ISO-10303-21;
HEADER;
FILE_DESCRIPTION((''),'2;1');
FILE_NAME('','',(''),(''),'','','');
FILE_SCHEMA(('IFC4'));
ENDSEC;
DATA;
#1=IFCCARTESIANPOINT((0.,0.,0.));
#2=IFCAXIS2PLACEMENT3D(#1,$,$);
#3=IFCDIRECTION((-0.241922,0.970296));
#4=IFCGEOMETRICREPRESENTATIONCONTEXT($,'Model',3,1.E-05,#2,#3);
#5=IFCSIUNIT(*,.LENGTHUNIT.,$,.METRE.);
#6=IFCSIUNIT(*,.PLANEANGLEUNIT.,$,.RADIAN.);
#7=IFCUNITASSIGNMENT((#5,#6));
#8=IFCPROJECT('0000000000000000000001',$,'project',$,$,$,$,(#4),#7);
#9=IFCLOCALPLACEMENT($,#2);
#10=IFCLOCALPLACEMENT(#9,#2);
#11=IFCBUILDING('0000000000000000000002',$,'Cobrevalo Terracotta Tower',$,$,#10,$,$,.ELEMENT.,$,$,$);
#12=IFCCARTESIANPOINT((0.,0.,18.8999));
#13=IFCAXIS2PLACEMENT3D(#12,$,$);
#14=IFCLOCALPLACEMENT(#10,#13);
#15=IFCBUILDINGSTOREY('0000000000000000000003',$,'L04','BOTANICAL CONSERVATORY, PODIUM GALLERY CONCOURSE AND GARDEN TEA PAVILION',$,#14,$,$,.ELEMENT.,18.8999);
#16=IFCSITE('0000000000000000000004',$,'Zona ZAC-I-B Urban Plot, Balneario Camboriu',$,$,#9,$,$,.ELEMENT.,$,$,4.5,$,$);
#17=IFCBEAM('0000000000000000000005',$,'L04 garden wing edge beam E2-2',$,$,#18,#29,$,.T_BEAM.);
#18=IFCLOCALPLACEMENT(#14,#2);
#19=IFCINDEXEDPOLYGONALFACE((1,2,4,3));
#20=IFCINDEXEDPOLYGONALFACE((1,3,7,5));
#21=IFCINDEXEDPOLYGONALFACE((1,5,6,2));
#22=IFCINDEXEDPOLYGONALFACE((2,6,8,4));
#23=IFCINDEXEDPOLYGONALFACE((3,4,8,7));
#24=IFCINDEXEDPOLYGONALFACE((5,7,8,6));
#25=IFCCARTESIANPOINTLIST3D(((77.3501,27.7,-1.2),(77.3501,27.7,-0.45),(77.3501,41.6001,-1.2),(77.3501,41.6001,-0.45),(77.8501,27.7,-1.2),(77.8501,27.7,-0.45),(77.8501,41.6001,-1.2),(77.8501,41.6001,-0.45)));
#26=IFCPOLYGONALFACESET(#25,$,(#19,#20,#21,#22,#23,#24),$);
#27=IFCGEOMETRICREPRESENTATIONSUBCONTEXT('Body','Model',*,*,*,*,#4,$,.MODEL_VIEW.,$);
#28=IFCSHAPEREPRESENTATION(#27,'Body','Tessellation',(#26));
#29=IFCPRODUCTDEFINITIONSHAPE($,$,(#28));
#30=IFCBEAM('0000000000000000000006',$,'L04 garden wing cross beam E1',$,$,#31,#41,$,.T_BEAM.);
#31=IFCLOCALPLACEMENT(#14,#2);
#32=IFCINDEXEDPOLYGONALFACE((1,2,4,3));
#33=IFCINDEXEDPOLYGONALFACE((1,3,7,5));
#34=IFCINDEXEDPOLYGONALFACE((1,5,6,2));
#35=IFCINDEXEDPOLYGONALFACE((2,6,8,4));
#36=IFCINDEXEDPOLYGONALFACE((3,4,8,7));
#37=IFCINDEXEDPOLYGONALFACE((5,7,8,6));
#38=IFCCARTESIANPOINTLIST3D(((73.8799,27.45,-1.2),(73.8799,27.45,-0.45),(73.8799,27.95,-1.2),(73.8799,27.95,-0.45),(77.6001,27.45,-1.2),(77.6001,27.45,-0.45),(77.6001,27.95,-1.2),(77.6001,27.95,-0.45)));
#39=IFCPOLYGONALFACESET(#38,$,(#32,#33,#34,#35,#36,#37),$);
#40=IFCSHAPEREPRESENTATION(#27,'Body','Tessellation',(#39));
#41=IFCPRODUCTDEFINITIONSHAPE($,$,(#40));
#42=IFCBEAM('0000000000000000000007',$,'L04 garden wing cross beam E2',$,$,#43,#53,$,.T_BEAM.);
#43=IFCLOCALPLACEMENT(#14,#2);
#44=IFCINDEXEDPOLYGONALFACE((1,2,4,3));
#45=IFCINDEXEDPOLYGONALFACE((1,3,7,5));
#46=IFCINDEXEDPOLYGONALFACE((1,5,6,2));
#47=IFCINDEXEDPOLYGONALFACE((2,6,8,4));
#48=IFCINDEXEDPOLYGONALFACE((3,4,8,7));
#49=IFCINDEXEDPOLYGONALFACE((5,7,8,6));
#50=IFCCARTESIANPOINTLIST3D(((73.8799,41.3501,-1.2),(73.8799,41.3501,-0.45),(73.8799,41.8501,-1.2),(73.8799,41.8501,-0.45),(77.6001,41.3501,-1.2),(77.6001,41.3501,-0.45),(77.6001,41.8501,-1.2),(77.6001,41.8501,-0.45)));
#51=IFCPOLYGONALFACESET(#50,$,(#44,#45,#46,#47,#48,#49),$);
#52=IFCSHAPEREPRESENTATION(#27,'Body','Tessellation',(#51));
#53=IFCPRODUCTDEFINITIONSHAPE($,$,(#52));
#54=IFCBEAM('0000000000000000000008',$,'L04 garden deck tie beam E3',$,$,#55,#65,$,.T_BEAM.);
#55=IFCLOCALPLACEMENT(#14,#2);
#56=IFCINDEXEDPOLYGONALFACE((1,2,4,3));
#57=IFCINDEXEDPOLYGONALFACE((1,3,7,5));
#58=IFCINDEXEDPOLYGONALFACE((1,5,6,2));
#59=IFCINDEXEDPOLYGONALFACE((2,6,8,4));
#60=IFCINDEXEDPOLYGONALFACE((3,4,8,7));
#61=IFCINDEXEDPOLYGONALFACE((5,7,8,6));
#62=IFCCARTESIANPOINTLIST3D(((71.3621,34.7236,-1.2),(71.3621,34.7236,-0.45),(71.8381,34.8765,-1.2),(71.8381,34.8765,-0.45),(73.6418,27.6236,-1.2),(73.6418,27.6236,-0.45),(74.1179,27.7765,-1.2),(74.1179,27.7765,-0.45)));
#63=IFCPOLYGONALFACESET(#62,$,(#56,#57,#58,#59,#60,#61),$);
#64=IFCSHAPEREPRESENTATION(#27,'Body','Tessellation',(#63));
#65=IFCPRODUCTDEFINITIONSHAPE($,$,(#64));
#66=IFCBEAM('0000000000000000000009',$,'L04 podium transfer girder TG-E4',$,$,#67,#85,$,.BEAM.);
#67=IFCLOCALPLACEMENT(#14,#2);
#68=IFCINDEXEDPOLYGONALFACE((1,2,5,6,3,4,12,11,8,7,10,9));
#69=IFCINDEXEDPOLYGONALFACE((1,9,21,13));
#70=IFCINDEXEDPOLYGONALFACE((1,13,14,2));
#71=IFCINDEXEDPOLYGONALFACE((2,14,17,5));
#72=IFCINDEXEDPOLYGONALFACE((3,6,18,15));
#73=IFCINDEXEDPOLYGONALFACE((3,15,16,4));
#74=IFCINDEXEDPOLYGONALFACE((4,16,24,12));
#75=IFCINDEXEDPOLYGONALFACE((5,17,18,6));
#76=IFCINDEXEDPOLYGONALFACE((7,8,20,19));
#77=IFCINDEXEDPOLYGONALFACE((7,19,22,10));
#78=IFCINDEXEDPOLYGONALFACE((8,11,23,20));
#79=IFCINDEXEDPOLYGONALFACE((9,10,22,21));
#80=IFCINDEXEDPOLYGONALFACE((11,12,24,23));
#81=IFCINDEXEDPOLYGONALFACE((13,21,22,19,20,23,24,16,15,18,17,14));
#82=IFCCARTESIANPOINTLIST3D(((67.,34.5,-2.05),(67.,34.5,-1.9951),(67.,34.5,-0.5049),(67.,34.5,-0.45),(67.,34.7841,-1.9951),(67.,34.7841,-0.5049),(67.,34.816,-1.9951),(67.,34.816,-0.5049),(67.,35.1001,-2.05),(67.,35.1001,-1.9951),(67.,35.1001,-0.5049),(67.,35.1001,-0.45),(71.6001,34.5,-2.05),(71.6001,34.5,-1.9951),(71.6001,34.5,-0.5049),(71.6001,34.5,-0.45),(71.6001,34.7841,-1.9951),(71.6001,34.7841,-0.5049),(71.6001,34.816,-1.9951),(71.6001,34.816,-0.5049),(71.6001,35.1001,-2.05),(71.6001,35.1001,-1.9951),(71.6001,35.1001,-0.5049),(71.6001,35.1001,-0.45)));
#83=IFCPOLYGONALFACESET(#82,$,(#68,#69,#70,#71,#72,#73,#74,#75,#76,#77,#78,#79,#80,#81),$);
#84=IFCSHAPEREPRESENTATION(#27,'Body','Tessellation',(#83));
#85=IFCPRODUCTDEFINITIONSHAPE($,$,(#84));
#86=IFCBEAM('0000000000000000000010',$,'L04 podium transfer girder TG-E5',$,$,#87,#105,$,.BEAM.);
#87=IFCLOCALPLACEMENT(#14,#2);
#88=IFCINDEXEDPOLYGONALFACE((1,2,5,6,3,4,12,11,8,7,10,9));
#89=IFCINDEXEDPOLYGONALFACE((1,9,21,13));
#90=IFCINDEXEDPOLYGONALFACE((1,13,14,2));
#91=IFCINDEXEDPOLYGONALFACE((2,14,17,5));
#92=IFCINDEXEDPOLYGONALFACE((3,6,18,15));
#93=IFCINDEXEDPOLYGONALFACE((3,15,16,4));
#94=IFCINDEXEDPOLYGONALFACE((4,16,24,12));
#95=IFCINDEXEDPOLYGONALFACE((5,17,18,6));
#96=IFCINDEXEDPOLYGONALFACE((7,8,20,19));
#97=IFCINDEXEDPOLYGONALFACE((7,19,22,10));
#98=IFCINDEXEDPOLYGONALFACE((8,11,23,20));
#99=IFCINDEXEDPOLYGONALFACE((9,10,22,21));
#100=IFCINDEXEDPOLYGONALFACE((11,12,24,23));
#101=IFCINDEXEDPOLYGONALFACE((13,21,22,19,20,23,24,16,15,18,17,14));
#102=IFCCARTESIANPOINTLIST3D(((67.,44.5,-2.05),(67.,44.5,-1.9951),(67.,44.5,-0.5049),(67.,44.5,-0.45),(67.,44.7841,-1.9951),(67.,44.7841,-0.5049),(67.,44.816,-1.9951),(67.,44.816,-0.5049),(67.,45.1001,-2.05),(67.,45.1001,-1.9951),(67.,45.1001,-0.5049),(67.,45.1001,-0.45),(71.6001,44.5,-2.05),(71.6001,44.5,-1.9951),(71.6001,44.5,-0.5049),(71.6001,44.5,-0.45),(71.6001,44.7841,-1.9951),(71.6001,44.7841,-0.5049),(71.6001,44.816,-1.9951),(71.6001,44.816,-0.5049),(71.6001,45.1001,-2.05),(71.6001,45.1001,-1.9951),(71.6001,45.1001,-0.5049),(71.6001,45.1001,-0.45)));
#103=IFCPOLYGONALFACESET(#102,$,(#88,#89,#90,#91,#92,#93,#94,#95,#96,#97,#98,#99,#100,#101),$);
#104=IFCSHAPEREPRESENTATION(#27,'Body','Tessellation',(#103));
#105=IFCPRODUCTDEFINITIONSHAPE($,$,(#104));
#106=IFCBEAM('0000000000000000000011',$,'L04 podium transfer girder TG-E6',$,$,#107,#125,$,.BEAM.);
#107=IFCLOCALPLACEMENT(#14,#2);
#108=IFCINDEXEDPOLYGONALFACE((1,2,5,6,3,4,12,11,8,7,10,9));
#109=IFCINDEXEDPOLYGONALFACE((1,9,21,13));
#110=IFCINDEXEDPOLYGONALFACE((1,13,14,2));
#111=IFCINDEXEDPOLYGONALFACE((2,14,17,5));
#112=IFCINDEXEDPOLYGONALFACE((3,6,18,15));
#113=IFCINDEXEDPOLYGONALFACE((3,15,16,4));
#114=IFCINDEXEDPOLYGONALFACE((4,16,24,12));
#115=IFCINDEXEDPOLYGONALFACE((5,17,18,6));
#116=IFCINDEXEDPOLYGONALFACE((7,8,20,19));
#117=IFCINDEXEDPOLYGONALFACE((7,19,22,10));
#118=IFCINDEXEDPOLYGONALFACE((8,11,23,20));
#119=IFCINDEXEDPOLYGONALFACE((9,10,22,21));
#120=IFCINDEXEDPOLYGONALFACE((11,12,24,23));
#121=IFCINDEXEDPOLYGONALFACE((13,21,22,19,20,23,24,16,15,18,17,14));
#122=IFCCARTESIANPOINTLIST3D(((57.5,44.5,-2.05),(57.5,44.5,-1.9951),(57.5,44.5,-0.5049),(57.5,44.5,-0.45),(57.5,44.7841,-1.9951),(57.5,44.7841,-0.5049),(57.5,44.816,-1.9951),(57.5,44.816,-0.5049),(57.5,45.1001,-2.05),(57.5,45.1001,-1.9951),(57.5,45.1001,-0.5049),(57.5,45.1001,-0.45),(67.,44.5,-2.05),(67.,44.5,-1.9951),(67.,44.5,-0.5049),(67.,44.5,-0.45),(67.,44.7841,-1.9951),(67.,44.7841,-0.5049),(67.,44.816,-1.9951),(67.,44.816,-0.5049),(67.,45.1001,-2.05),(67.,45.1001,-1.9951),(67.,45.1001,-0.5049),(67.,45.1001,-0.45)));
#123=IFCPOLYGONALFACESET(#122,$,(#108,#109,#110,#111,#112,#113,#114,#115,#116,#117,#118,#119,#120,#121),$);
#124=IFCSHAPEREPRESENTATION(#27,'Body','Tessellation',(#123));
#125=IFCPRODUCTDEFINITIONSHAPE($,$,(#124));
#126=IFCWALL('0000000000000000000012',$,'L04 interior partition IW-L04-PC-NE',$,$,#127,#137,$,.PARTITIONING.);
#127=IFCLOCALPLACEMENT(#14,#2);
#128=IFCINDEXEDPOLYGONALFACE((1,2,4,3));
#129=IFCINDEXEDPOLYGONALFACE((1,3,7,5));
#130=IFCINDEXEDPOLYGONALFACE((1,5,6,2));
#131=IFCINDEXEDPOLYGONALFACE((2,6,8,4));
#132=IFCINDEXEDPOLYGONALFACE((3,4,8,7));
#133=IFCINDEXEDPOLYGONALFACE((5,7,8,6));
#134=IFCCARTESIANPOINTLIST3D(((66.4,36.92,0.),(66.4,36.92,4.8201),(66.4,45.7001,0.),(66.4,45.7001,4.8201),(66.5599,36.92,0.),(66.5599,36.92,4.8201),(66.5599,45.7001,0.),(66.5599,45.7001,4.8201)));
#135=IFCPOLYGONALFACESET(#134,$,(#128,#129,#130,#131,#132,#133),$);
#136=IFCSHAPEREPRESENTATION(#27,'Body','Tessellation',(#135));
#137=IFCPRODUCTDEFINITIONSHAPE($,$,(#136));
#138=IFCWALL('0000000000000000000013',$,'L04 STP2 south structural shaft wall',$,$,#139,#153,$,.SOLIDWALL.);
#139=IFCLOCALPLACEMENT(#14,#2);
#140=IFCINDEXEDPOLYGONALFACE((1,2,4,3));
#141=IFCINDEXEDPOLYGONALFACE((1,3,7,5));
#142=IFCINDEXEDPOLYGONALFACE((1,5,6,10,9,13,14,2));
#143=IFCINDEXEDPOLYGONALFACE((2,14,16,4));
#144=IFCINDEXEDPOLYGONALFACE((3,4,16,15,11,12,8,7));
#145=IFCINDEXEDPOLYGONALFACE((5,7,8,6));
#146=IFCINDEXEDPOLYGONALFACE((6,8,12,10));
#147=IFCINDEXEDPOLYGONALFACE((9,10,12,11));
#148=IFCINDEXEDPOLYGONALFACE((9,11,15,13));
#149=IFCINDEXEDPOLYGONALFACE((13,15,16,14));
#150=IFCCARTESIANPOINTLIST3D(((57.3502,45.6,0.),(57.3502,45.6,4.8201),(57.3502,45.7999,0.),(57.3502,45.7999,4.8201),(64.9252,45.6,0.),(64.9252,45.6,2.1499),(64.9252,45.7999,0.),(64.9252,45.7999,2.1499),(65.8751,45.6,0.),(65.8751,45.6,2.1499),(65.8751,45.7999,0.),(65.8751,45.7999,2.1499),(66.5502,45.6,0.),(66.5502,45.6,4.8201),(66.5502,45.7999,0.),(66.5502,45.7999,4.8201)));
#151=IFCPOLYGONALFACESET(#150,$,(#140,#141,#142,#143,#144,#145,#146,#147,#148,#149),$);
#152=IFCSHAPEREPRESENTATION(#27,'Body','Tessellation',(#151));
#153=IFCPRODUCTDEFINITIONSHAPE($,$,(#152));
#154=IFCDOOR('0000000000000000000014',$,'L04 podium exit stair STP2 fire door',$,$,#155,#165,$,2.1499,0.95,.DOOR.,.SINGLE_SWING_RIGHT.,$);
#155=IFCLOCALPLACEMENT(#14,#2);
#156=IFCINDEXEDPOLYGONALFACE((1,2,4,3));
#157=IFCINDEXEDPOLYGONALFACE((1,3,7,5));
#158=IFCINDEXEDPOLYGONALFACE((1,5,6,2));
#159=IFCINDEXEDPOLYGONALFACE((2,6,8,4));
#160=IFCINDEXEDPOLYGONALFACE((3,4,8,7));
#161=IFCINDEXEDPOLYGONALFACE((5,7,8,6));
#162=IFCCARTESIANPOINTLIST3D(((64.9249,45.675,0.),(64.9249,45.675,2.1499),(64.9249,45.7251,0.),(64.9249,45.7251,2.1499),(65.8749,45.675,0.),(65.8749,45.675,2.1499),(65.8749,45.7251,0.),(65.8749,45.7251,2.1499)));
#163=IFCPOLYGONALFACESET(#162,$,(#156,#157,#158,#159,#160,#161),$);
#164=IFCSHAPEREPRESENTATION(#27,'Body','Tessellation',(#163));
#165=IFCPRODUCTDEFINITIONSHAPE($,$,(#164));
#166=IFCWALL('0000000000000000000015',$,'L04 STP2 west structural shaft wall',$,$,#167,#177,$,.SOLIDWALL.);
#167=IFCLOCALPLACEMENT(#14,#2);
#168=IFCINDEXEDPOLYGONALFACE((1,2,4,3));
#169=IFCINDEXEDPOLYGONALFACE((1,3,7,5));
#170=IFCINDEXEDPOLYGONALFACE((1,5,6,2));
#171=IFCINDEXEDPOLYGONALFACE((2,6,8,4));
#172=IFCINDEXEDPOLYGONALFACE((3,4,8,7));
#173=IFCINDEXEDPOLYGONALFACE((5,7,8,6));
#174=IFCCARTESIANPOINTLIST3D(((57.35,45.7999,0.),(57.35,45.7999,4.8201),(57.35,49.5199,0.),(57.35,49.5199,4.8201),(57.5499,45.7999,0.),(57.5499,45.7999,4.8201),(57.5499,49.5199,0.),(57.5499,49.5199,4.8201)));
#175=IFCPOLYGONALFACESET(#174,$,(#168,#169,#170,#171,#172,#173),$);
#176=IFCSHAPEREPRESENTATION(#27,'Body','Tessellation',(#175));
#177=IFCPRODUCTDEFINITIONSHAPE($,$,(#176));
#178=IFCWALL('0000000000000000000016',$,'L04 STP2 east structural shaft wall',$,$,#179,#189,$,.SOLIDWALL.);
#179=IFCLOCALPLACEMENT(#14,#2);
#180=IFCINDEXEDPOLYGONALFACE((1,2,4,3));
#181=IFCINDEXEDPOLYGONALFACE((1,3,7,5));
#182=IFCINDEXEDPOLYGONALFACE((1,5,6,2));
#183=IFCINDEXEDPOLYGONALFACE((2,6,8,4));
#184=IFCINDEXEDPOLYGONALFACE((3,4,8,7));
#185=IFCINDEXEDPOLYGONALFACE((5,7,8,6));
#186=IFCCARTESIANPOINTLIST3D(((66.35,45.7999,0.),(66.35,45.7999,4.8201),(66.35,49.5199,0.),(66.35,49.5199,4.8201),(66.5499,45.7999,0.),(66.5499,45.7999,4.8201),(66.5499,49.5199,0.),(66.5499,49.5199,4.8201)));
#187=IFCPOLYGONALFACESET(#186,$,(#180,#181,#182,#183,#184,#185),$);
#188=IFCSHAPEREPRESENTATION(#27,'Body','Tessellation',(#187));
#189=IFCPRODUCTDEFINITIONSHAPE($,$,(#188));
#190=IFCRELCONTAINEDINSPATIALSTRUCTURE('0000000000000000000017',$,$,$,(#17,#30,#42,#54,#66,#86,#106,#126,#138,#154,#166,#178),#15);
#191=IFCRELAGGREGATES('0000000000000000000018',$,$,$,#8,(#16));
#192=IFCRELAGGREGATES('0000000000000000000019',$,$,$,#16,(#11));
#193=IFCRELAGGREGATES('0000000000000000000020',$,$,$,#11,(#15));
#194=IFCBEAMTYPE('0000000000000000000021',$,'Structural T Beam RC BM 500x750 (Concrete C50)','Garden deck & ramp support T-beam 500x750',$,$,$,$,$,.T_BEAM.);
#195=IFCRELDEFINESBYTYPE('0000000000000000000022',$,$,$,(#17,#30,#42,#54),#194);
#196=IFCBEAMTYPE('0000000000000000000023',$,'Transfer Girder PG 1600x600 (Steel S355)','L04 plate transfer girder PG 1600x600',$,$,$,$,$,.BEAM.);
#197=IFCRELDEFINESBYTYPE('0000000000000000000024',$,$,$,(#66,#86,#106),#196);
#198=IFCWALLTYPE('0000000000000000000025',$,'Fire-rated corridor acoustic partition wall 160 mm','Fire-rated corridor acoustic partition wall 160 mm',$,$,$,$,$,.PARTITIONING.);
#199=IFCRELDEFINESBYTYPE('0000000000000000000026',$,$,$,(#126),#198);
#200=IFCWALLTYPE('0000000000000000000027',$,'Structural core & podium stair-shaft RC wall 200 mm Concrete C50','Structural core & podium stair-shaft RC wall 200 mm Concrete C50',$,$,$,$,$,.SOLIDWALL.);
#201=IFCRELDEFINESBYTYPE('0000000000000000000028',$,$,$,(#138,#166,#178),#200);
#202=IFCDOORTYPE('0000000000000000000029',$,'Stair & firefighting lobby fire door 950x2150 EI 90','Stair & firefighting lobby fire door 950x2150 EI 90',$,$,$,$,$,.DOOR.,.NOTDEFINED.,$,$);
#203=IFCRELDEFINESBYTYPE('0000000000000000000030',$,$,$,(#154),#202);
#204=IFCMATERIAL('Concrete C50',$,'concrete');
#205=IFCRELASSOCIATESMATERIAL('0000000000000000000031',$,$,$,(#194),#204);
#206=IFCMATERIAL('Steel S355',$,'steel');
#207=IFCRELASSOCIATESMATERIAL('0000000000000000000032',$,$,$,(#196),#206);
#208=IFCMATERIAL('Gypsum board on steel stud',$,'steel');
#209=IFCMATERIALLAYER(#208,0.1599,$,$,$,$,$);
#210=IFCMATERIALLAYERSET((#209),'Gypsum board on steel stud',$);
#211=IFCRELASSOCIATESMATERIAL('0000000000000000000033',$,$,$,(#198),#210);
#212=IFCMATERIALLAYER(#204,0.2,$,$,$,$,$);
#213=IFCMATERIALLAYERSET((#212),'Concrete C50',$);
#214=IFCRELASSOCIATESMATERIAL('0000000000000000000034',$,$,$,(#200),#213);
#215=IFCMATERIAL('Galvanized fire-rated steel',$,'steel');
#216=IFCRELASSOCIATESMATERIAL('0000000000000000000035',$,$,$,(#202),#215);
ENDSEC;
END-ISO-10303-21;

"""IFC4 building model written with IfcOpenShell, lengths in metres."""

from ifc_helpers import new_model, si_unit, direction, frame, frame_2d, origin, origin_2d, place, context, subcontext, project, spatial, rectangle, i_section, extrude, source, transform, mapped, material, layer, layer_set, material_profile, profile_set, type_object, element, fill, save


model = new_model("IFC4")

# Units and contexts
model_context = context("Model", 3, precision=1e-05, world=origin(), true_north=direction((-0.241922, 0.970296)))
body_context = subcontext(model_context, "Body", "Model", "MODEL_VIEW")
ifc_project = project(units=[si_unit("LENGTHUNIT", "METRE"), si_unit("PLANEANGLEUNIT", "RADIAN")], contexts=[model_context])

# Site, building, storey
site_placement = place(None, origin())
site = spatial("IfcSite", under=ifc_project, at=site_placement, Name="Zona ZAC-I-B Urban Plot, Balneario Camboriu", CompositionType="ELEMENT", RefElevation=4.5)
building_placement = place(site_placement, origin())
building = spatial("IfcBuilding", under=site, at=building_placement, Name="Cobrevalo Terracotta Tower", CompositionType="ELEMENT")
storey_placement = place(building_placement, frame((0.0, 0.0, 18.8999)))
storey = spatial("IfcBuildingStorey", under=building, at=storey_placement, Name="L04", Description="BOTANICAL CONSERVATORY, PODIUM GALLERY CONCOURSE AND GARDEN TEA PAVILION", CompositionType="ELEMENT", Elevation=18.8999)

# Shared definitions
ifc_material_1 = material(Name="Steel S355", Category="steel")
ifc_material_2 = material(Name="Concrete C50", Category="concrete")

# Beams
ifc_material_profile_1 = material_profile(ifc_material_2, rectangle(XDim=0.5, YDim=0.75, at=origin_2d()), Name="RC BM 500x750")
ifc_profile_set_1 = profile_set([ifc_material_profile_1], Name="Concrete C50")
beam_type_1 = type_object("IfcBeamType", Name="Structural T Beam RC BM 500x750 (Concrete C50)", Description="Garden deck & ramp support T-beam 500x750", PredefinedType="T_BEAM", material=ifc_profile_set_1)
for number, where, z_axis, x_axis, name in (
    (1, (77.6001, 27.7, -0.825), (0.0, 1.0, 0.0), (-1.0, 0.0, 0.0), "L04 garden wing edge beam E2-2"),
):
    element("IfcBeam", number, at=place(storey_placement, frame(where, z_axis=z_axis, x_axis=x_axis)), inside=storey, type_object=beam_type_1, Name=name, PredefinedType="T_BEAM", context=body_context, shape_type="SweptSolid", body=[
        extrude(rectangle(XDim=0.5, YDim=0.75, at=origin_2d()), origin(), (0.0, 0.0, 1.0), 13.9001),
    ])
for number, where, z_axis, x_axis, name in (
    (2, (73.8799, 27.7, -0.825), (1.0, 0.0, 0.0), (0.0, 1.0, 0.0), "L04 garden wing cross beam E1"),
    (3, (73.8799, 41.6001, -0.825), (1.0, 0.0, 0.0), (0.0, 1.0, 0.0), "L04 garden wing cross beam E2"),
):
    element("IfcBeam", number, at=place(storey_placement, frame(where, z_axis=z_axis, x_axis=x_axis)), inside=storey, type_object=beam_type_1, Name=name, PredefinedType="T_BEAM", context=body_context, shape_type="SweptSolid", body=[
        extrude(rectangle(XDim=0.5, YDim=0.75, at=origin_2d()), origin(), (0.0, 0.0, 1.0), 3.7202),
    ])
beam_1_placement = place(storey_placement, frame((71.6001, 34.8, -0.825), z_axis=(0.305719, -0.952122, 0.0), x_axis=(0.952122, 0.305719, 0.0)))
element("IfcBeam", 4, at=beam_1_placement, inside=storey, type_object=beam_type_1, Name="L04 garden deck tie beam E3", PredefinedType="T_BEAM", context=body_context, shape_type="SweptSolid", body=[
    extrude(rectangle(XDim=0.5, YDim=0.75, at=origin_2d()), origin(), (0.0, 0.0, 1.0), 7.457),
])
ifc_material_profile_2 = material_profile(ifc_material_1, i_section(OverallWidth=0.6001, OverallDepth=1.6001, WebThickness=0.032, FlangeThickness=0.0549, at=origin_2d()), Name="PG 1600x600")
ifc_profile_set_2 = profile_set([ifc_material_profile_2], Name="Steel S355")
beam_type_2 = type_object("IfcBeamType", Name="Transfer Girder PG 1600x600 (Steel S355)", Description="L04 plate transfer girder PG 1600x600", PredefinedType="BEAM", material=ifc_profile_set_2)
for number, where, z_axis, x_axis, name in (
    (5, (67.0, 34.8, -1.25), (1.0, 0.0, 0.0), (0.0, 1.0, 0.0), "L04 podium transfer girder TG-E4"),
    (6, (67.0, 44.8, -1.25), (1.0, 0.0, 0.0), (0.0, 1.0, 0.0), "L04 podium transfer girder TG-E5"),
):
    element("IfcBeam", number, at=place(storey_placement, frame(where, z_axis=z_axis, x_axis=x_axis)), inside=storey, type_object=beam_type_2, Name=name, PredefinedType="BEAM", context=body_context, shape_type="SweptSolid", body=[
        extrude(i_section(OverallWidth=0.6001, OverallDepth=1.6001, WebThickness=0.032, FlangeThickness=0.0549, at=origin_2d()), origin(), (0.0, 0.0, 1.0), 4.6001),
    ])
beam_2_placement = place(storey_placement, frame((57.5, 44.8, -1.25), z_axis=(1.0, 0.0, 0.0), x_axis=(0.0, 1.0, 0.0)))
element("IfcBeam", 7, at=beam_2_placement, inside=storey, type_object=beam_type_2, Name="L04 podium transfer girder TG-E6", PredefinedType="BEAM", context=body_context, shape_type="SweptSolid", body=[
    extrude(i_section(OverallWidth=0.6001, OverallDepth=1.6001, WebThickness=0.032, FlangeThickness=0.0549, at=origin_2d()), origin(), (0.0, 0.0, 1.0), 9.5),
])

# Wall
ifc_material_3 = material(Name="Gypsum board on steel stud", Category="steel")
ifc_layer_1 = layer(ifc_material_3, 0.1599)
ifc_layer_set_1 = layer_set([ifc_layer_1], Name="Gypsum board on steel stud")
wall_type_1 = type_object("IfcWallType", Name="Fire-rated corridor acoustic partition wall 160 mm", Description="Fire-rated corridor acoustic partition wall 160 mm", PredefinedType="PARTITIONING", material=ifc_layer_set_1)
wall_1_placement = place(storey_placement, frame((66.48, 36.9199, 0.0), z_axis=(0.0, 0.0, 1.0), x_axis=(0.0, 1.0, 0.0)))
element("IfcWall", 8, at=wall_1_placement, inside=storey, type_object=wall_type_1, Name="L04 interior partition IW-L04-PC-NE", PredefinedType="PARTITIONING", context=body_context, shape_type="SweptSolid", body=[
    extrude(rectangle(XDim=8.78, YDim=0.1599, at=frame_2d((4.3901, 0.0))), origin(), (0.0, 0.0, 1.0), 4.8201),
])

# Wall, opening, door
ifc_layer_2 = layer(ifc_material_2, 0.2)
ifc_layer_set_2 = layer_set([ifc_layer_2], Name="Concrete C50")
wall_type_2 = type_object("IfcWallType", Name="Structural core & podium stair-shaft RC wall 200 mm Concrete C50", Description="Structural core & podium stair-shaft RC wall 200 mm Concrete C50", PredefinedType="SOLIDWALL", material=ifc_layer_set_2)
wall_2_placement = place(storey_placement, frame((57.3501, 45.7, 0.0), z_axis=(0.0, 0.0, 1.0), x_axis=(1.0, 0.0, 0.0)))
wall_2 = element("IfcWall", 9, at=wall_2_placement, inside=storey, type_object=wall_type_2, Name="L04 STP2 south structural shaft wall", PredefinedType="SOLIDWALL", context=body_context, shape_type="SweptSolid", body=[
    extrude(rectangle(XDim=9.2, YDim=0.2, at=frame_2d((4.6001, 0.0))), origin(), (0.0, 0.0, 1.0), 4.8201),
])
opening_placement = place(wall_2_placement, frame((7.575, 0.0, 0.0)))
opening = element("IfcOpeningElement", 10, at=opening_placement, cuts=wall_2, PredefinedType="OPENING", context=body_context, shape_type="SweptSolid", body=[
    extrude(rectangle(XDim=0.95, YDim=2.1499, at=frame_2d((0.4751, 1.075))), frame((0.0, 0.1099, 0.0), z_axis=(0.0, -1.0, 0.0), x_axis=(1.0, 0.0, 0.0)), (0.0, 0.0, 1.0), 0.22),
])
ifc_material_4 = material(Name="Galvanized fire-rated steel", Category="steel")
door_type = type_object("IfcDoorType", Name="Stair & firefighting lobby fire door 950x2150 EI 90", Description="Stair & firefighting lobby fire door 950x2150 EI 90", OperationType="NOTDEFINED", PredefinedType="DOOR", material=ifc_material_4)
shared_shape = source(origin(), body_context, "Body", "SweptSolid", [
    extrude(rectangle(XDim=0.95, YDim=2.1499, at=frame_2d((0.4751, 1.075))), frame((0.0, 0.0249, 0.0), z_axis=(0.0, -1.0, 0.0), x_axis=(1.0, 0.0, 0.0)), (0.0, 0.0, 1.0), 0.05),
])
door_placement = place(opening_placement, frame((0.95, 0.0, 0.0), z_axis=(0.0, 0.0, 1.0), x_axis=(-1.0, 0.0, 0.0)))
door = element("IfcDoor", 11, at=door_placement, inside=storey, type_object=door_type, Name="L04 podium exit stair STP2 fire door", OperationType="SINGLE_SWING_RIGHT", OverallHeight=2.1499, OverallWidth=0.95, PredefinedType="DOOR", context=body_context, shape_type="MappedRepresentation", body=[
    mapped(shared_shape, transform((0.0, 0.0, 0.0), scale=1.0)),
])
fill(opening, door)

# Walls
for number, where, z_axis, x_axis, name in (
    (12, (57.45, 45.8, 0.0), (0.0, 0.0, 1.0), (0.0, 1.0, 0.0), "L04 STP2 west structural shaft wall"),
    (13, (66.45, 45.8, 0.0), (0.0, 0.0, 1.0), (0.0, 1.0, 0.0), "L04 STP2 east structural shaft wall"),
):
    element("IfcWall", number, at=place(storey_placement, frame(where, z_axis=z_axis, x_axis=x_axis)), inside=storey, type_object=wall_type_2, Name=name, PredefinedType="SOLIDWALL", context=body_context, shape_type="SweptSolid", body=[
        extrude(rectangle(XDim=3.72, YDim=0.2, at=frame_2d((1.8599, 0.0))), origin(), (0.0, 0.0, 1.0), 4.8201),
    ])

save(model, "model.ifc")
